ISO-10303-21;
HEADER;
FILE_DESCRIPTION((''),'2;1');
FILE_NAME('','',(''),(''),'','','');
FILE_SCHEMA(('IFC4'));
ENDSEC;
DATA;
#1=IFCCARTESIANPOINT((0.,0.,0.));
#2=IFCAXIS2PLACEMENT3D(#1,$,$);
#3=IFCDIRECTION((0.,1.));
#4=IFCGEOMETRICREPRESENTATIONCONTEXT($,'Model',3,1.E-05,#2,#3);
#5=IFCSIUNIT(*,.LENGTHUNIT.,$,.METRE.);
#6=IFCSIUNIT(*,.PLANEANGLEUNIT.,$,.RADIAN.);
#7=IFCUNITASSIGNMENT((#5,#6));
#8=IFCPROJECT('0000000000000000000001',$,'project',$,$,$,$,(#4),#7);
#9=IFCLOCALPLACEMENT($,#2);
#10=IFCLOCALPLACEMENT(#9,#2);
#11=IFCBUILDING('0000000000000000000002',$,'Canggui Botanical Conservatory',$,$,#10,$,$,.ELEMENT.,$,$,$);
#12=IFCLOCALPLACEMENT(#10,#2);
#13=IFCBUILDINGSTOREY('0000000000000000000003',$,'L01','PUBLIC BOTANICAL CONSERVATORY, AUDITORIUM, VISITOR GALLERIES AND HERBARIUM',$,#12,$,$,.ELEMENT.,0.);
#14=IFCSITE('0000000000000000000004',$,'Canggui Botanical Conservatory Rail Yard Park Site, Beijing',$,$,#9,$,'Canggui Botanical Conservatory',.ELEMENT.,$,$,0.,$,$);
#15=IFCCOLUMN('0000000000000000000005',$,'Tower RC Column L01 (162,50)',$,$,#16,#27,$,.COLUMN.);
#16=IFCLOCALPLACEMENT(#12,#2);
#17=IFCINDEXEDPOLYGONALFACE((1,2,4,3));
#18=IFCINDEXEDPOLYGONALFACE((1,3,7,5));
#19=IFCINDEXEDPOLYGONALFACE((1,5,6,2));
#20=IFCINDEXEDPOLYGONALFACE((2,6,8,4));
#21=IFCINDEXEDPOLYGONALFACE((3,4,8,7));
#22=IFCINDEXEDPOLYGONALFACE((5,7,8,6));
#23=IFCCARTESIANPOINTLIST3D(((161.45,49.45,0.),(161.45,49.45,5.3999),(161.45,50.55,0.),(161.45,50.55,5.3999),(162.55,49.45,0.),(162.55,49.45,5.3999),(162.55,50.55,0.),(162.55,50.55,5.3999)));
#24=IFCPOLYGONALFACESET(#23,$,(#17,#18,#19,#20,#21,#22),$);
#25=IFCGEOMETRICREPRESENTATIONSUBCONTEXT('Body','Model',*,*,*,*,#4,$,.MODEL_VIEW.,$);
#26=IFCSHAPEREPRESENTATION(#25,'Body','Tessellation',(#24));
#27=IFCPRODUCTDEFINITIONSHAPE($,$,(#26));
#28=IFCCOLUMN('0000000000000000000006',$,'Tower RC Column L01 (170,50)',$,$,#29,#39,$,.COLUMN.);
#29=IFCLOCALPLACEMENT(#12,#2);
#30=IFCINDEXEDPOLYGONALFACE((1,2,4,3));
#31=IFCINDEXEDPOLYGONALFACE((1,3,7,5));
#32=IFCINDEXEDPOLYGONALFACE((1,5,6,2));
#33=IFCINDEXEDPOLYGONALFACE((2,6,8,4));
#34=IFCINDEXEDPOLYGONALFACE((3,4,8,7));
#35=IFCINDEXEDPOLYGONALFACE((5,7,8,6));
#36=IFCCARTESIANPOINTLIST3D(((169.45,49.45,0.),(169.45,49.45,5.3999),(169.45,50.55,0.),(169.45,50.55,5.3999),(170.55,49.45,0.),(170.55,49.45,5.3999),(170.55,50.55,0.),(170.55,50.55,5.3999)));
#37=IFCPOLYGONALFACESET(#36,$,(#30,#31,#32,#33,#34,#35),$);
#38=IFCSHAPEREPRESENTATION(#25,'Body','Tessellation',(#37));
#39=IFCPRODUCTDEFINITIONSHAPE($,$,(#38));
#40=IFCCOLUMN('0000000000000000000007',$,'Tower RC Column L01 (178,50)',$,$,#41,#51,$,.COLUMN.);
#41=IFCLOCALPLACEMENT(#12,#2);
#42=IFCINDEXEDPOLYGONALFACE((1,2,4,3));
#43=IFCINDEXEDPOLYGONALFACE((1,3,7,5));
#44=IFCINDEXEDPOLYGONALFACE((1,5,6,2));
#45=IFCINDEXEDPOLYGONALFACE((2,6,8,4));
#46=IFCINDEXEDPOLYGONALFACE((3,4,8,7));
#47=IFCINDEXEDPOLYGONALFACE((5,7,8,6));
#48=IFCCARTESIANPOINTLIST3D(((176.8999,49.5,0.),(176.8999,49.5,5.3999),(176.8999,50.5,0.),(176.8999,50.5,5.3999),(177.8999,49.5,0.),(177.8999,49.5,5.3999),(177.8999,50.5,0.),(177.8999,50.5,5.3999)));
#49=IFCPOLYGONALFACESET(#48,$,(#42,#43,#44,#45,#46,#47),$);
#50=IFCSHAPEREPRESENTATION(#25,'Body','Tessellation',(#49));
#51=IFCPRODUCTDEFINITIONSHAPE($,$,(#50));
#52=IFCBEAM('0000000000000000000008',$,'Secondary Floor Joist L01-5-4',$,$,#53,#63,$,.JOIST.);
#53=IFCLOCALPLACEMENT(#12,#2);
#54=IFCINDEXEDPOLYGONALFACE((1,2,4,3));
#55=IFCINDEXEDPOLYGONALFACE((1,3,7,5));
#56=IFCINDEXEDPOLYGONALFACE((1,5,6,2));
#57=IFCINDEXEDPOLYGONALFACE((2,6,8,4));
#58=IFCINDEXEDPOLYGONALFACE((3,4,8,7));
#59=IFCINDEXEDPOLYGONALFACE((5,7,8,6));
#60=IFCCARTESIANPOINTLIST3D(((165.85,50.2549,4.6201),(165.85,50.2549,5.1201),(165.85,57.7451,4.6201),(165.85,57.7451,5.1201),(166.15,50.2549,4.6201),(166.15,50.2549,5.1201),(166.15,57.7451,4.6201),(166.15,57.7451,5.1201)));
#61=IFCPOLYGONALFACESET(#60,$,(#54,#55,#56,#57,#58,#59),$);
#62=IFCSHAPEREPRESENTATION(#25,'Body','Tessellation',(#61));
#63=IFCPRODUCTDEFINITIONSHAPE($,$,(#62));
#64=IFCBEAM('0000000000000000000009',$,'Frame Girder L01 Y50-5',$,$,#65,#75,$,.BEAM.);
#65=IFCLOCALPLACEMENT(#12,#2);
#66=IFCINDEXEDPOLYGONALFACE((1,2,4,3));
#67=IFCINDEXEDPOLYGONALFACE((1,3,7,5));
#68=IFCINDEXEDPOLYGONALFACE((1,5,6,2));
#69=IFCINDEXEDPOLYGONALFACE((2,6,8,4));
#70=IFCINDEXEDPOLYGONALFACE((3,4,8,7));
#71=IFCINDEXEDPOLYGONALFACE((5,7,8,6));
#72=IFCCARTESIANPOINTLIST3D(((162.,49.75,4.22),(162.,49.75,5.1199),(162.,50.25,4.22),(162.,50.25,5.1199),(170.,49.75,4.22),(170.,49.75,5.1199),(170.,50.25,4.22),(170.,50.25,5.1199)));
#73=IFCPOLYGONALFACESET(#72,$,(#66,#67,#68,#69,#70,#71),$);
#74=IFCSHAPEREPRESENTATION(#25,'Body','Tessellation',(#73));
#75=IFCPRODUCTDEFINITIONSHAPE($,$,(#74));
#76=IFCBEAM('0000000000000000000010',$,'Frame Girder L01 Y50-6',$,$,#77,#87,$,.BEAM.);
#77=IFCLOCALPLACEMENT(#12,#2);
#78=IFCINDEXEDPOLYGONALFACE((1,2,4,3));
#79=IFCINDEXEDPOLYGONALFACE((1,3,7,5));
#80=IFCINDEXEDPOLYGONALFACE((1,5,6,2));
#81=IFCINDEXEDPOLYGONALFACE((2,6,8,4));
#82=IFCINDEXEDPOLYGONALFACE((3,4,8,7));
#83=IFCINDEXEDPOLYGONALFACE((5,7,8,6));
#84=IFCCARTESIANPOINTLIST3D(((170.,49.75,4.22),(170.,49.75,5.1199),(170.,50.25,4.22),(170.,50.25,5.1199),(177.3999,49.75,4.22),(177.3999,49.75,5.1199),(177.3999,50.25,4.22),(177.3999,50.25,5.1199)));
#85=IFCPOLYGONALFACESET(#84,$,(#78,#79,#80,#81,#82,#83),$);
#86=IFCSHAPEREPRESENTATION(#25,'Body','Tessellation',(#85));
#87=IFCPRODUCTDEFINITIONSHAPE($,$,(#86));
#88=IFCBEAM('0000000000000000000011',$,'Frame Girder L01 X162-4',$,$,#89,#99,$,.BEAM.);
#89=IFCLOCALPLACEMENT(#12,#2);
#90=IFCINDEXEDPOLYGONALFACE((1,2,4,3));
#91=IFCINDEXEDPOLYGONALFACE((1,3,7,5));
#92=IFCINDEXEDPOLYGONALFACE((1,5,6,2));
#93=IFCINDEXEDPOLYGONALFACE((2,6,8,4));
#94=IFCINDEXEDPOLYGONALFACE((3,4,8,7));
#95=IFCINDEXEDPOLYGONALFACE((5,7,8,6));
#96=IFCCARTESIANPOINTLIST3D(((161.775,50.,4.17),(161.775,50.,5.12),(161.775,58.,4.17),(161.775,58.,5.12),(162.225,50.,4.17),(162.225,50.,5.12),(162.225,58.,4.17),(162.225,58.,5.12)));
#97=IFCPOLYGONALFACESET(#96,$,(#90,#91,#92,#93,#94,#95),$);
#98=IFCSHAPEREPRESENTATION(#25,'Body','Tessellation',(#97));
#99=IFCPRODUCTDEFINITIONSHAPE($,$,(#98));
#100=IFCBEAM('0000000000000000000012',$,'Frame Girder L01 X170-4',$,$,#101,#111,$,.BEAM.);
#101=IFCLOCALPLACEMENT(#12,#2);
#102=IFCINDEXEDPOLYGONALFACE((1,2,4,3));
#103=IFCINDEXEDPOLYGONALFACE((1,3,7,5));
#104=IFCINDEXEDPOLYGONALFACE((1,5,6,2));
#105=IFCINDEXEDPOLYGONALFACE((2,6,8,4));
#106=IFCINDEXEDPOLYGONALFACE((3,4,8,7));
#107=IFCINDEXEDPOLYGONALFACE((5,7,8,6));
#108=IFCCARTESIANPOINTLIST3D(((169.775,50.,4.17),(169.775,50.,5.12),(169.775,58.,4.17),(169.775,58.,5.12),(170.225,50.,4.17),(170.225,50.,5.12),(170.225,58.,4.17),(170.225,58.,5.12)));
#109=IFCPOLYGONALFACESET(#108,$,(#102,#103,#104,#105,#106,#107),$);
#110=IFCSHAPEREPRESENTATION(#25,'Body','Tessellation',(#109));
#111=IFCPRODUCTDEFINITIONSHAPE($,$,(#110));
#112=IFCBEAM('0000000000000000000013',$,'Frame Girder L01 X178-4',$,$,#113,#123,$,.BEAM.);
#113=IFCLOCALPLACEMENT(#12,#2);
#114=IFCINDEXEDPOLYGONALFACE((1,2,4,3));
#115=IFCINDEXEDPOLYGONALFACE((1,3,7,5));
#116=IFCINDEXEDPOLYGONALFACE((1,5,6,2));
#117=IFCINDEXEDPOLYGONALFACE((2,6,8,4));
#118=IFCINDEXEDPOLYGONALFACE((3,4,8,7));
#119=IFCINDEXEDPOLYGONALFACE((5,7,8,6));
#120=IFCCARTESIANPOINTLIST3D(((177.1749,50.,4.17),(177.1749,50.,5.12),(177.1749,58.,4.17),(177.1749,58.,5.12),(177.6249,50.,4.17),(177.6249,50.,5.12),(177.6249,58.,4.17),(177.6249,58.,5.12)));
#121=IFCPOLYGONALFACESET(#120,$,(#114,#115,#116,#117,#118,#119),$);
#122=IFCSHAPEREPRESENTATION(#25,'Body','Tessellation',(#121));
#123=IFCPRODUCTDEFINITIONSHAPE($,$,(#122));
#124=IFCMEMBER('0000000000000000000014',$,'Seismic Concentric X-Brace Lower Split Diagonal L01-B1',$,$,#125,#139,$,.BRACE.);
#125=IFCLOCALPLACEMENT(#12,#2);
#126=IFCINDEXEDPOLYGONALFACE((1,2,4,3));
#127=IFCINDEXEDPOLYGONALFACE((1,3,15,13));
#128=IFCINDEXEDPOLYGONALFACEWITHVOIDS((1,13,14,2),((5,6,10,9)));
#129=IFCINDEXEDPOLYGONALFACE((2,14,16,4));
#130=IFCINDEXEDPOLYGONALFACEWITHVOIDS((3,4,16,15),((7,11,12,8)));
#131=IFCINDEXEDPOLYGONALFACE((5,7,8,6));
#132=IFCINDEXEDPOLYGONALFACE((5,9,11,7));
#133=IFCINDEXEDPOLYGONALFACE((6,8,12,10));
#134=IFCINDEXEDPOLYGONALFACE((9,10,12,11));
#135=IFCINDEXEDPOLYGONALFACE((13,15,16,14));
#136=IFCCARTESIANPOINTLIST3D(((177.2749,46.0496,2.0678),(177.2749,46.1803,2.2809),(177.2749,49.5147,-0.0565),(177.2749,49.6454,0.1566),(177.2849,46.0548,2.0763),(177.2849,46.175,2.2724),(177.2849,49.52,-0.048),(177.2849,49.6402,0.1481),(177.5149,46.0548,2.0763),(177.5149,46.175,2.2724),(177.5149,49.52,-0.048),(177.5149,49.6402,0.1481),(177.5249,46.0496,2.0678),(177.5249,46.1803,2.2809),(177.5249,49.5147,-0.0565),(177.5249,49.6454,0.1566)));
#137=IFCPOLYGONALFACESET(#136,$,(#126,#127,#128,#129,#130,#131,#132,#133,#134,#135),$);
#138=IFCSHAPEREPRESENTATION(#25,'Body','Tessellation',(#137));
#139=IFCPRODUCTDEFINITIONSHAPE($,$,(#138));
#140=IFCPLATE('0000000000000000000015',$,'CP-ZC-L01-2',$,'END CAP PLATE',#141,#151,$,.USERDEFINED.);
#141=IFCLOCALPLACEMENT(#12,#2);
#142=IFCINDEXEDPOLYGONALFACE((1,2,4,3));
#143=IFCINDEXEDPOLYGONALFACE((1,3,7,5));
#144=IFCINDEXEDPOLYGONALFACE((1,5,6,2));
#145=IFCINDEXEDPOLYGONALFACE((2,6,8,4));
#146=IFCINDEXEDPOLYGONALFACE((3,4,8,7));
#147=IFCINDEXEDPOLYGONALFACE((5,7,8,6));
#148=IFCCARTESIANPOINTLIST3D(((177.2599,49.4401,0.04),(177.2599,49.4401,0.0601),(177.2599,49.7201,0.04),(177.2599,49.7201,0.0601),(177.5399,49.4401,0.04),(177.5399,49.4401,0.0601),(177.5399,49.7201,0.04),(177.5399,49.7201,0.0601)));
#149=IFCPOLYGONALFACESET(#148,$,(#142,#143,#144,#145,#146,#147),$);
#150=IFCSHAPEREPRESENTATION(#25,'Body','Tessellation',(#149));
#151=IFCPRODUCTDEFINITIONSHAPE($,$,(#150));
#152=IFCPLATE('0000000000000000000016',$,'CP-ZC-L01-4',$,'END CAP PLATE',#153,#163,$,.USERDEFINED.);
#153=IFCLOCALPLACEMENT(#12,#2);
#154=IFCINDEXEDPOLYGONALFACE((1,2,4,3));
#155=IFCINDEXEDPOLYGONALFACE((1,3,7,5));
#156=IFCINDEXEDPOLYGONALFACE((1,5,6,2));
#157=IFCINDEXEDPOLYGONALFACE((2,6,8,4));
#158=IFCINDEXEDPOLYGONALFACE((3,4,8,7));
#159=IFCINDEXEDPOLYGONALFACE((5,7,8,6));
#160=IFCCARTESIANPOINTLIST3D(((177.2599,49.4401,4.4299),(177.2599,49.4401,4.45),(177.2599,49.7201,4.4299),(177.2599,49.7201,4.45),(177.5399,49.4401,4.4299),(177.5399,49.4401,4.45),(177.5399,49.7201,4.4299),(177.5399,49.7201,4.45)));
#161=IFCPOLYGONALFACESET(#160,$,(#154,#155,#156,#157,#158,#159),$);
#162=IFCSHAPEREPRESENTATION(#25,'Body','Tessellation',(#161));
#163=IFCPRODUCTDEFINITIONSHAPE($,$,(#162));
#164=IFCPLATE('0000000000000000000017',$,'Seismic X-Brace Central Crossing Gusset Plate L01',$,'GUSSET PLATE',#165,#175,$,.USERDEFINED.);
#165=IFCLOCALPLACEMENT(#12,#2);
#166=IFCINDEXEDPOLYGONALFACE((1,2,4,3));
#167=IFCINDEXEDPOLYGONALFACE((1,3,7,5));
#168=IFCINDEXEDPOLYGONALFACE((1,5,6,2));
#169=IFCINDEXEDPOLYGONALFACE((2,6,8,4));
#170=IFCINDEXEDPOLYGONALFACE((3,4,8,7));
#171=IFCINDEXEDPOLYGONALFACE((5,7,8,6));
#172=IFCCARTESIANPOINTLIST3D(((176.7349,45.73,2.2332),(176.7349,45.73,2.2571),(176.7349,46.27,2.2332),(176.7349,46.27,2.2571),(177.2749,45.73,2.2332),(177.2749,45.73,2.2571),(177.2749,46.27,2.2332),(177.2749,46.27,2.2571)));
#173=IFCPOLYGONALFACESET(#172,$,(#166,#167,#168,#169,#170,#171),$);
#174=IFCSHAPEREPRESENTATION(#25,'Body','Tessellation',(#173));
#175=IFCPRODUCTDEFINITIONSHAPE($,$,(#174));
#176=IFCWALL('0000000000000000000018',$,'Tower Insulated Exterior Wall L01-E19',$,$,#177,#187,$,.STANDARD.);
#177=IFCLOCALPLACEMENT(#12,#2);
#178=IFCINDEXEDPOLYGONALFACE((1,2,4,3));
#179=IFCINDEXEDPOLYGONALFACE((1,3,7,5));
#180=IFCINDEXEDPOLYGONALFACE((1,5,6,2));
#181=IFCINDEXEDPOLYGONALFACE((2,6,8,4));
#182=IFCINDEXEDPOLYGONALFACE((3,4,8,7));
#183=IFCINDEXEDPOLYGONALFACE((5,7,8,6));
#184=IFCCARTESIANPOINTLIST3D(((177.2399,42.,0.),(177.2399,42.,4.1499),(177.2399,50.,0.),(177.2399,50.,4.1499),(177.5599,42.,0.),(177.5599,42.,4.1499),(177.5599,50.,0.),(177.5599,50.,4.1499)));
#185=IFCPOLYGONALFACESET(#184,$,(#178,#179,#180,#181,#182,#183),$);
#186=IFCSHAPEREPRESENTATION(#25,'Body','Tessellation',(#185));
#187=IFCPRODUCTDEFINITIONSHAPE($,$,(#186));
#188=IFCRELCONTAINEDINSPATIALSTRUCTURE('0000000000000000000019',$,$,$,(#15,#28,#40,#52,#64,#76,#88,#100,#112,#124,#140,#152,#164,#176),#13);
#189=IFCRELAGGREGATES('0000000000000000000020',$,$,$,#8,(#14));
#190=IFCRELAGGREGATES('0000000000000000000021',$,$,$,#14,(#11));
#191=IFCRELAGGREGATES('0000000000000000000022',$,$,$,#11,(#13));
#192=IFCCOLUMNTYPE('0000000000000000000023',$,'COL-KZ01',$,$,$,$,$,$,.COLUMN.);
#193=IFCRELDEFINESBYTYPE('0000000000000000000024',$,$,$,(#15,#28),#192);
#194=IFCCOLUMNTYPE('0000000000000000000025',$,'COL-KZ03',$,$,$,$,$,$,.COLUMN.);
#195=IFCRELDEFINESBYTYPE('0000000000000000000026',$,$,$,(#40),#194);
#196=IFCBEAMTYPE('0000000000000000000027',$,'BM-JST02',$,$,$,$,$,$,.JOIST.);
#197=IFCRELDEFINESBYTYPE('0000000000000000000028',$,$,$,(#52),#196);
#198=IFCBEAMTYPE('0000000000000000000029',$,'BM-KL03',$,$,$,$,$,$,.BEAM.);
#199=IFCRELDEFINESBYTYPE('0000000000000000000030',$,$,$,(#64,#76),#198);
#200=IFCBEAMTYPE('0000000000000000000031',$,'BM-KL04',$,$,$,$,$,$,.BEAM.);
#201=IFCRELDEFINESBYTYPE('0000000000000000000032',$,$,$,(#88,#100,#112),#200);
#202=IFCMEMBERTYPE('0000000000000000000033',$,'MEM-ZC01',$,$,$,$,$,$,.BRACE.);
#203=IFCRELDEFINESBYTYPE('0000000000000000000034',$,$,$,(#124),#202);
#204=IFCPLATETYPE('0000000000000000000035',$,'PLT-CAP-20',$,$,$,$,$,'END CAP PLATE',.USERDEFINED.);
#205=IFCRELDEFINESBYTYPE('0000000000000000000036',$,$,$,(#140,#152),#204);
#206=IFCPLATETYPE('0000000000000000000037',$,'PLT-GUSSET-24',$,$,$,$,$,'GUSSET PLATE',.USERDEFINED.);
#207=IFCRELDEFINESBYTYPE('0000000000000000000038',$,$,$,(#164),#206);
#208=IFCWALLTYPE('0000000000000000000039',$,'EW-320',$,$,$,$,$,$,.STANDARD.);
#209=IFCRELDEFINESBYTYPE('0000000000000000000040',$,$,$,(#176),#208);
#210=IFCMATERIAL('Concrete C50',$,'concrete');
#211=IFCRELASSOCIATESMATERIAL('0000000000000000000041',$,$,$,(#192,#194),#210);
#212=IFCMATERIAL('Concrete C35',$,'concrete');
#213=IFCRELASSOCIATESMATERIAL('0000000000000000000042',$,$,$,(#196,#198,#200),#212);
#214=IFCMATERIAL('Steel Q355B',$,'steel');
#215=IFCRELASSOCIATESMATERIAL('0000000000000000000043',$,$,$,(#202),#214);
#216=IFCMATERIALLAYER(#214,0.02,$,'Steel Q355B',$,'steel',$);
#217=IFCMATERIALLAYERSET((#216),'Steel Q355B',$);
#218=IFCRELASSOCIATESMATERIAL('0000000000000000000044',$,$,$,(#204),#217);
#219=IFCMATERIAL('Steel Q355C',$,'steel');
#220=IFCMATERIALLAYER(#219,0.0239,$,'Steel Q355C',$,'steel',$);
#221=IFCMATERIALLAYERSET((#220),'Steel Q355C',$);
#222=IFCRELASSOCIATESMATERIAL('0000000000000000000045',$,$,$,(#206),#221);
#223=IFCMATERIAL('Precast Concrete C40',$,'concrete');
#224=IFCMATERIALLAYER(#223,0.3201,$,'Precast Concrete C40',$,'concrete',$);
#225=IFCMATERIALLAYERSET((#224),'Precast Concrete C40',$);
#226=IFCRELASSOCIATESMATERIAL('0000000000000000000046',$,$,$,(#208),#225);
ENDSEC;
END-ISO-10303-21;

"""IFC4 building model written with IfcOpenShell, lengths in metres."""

from ifc_helpers import new_model, si_unit, direction, frame, frame_2d, origin, origin_2d, place, context, subcontext, project, spatial, rectangle, hollow_rectangle, extrude, material, layer, layer_set, material_profile, profile_set, type_object, element, save


model = new_model("IFC4")

# Units and contexts
model_context = context("Model", 3, precision=1e-05, world=origin(), true_north=direction((0.0, 1.0)))
body_context = subcontext(model_context, "Body", "Model", "MODEL_VIEW")
ifc_project = project(units=[si_unit("LENGTHUNIT", "METRE"), si_unit("PLANEANGLEUNIT", "RADIAN")], contexts=[model_context])

# Site, building, storey
site_placement = place(None, origin())
site = spatial("IfcSite", under=ifc_project, at=site_placement, Name="Canggui Botanical Conservatory Rail Yard Park Site, Beijing", LongName="Canggui Botanical Conservatory", CompositionType="ELEMENT", RefElevation=0.0)
building_placement = place(site_placement, origin())
building = spatial("IfcBuilding", under=site, at=building_placement, Name="Canggui Botanical Conservatory", CompositionType="ELEMENT")
storey_placement = place(building_placement, origin())
storey = spatial("IfcBuildingStorey", under=building, at=storey_placement, Name="L01", Description="PUBLIC BOTANICAL CONSERVATORY, AUDITORIUM, VISITOR GALLERIES AND HERBARIUM", CompositionType="ELEMENT", Elevation=0.0)

# Columns
ifc_material_1 = material(Name="Concrete C50", Category="concrete")
ifc_material_profile_1 = material_profile(ifc_material_1, rectangle(XDim=1.1001, YDim=1.1001, at=origin_2d()), Name="RC 1100x1100")
ifc_profile_set_1 = profile_set([ifc_material_profile_1], Name="Concrete C50")
column_type_1 = type_object("IfcColumnType", Name="COL-KZ01", PredefinedType="COLUMN", material=ifc_profile_set_1)
for number, where, z_axis, x_axis, name in (
    (1, (162.0, 50.0, 0.0), (0.0, 0.0, 1.0), (1.0, 0.0, 0.0), "Tower RC Column L01 (162,50)"),
    (2, (170.0, 50.0, 0.0), (0.0, 0.0, 1.0), (1.0, 0.0, 0.0), "Tower RC Column L01 (170,50)"),
):
    element("IfcColumn", number, at=place(storey_placement, frame(where, z_axis=z_axis, x_axis=x_axis)), inside=storey, type_object=column_type_1, Name=name, PredefinedType="COLUMN", context=body_context, shape_type="SweptSolid", body=[
        extrude(rectangle(XDim=1.1001, YDim=1.1001, at=origin_2d()), origin(), (0.0, 0.0, 1.0), 5.3999),
    ])
ifc_material_profile_2 = material_profile(ifc_material_1, rectangle(XDim=1.0, YDim=1.0, at=origin_2d()), Name="RC 1000x1000")
ifc_profile_set_2 = profile_set([ifc_material_profile_2], Name="Concrete C50")
column_type_2 = type_object("IfcColumnType", Name="COL-KZ03", PredefinedType="COLUMN", material=ifc_profile_set_2)
column_placement = place(storey_placement, frame((177.3999, 50.0, 0.0), z_axis=(0.0, 0.0, 1.0), x_axis=(1.0, 0.0, 0.0)))
element("IfcColumn", 3, at=column_placement, inside=storey, type_object=column_type_2, Name="Tower RC Column L01 (178,50)", PredefinedType="COLUMN", context=body_context, shape_type="SweptSolid", body=[
    extrude(rectangle(XDim=1.0, YDim=1.0, at=origin_2d()), origin(), (0.0, 0.0, 1.0), 5.3999),
])

# Beams
ifc_material_2 = material(Name="Concrete C35", Category="concrete")
ifc_material_profile_3 = material_profile(ifc_material_2, rectangle(XDim=0.3, YDim=0.5, at=origin_2d()), Name="RB 300x500")
ifc_profile_set_3 = profile_set([ifc_material_profile_3], Name="Concrete C35")
beam_type_1 = type_object("IfcBeamType", Name="BM-JST02", PredefinedType="JOIST", material=ifc_profile_set_3)
beam_1_placement = place(storey_placement, frame((166.0, 50.2549, 4.8701), z_axis=(0.0, 1.0, 0.0), x_axis=(-1.0, 0.0, 0.0)))
element("IfcBeam", 4, at=beam_1_placement, inside=storey, type_object=beam_type_1, Name="Secondary Floor Joist L01-5-4", PredefinedType="JOIST", context=body_context, shape_type="SweptSolid", body=[
    extrude(rectangle(XDim=0.3, YDim=0.5, at=origin_2d()), origin(), (0.0, 0.0, 1.0), 7.4902),
])
ifc_material_profile_4 = material_profile(ifc_material_2, rectangle(XDim=0.5, YDim=0.8999, at=origin_2d()), Name="RB 500x900")
ifc_profile_set_4 = profile_set([ifc_material_profile_4], Name="Concrete C35")
beam_type_2 = type_object("IfcBeamType", Name="BM-KL03", PredefinedType="BEAM", material=ifc_profile_set_4)
beam_2_placement = place(storey_placement, frame((162.0, 50.0, 4.6699), z_axis=(1.0, 0.0, 0.0), x_axis=(0.0, 1.0, 0.0)))
element("IfcBeam", 5, at=beam_2_placement, inside=storey, type_object=beam_type_2, Name="Frame Girder L01 Y50-5", PredefinedType="BEAM", context=body_context, shape_type="SweptSolid", body=[
    extrude(rectangle(XDim=0.5, YDim=0.8999, at=origin_2d()), origin(), (0.0, 0.0, 1.0), 8.0),
])
beam_3_placement = place(storey_placement, frame((170.0, 50.0, 4.6699), z_axis=(1.0, 0.0, 0.0), x_axis=(0.0, 1.0, 0.0)))
element("IfcBeam", 6, at=beam_3_placement, inside=storey, type_object=beam_type_2, Name="Frame Girder L01 Y50-6", PredefinedType="BEAM", context=body_context, shape_type="SweptSolid", body=[
    extrude(rectangle(XDim=0.5, YDim=0.8999, at=origin_2d()), origin(), (0.0, 0.0, 1.0), 7.3999),
])
ifc_material_profile_5 = material_profile(ifc_material_2, rectangle(XDim=0.45, YDim=0.95, at=origin_2d()), Name="RB 450x950")
ifc_profile_set_5 = profile_set([ifc_material_profile_5], Name="Concrete C35")
beam_type_3 = type_object("IfcBeamType", Name="BM-KL04", PredefinedType="BEAM", material=ifc_profile_set_5)
for number, where, z_axis, x_axis, name in (
    (7, (162.0, 50.0, 4.645), (0.0, 1.0, 0.0), (-1.0, 0.0, 0.0), "Frame Girder L01 X162-4"),
    (8, (170.0, 50.0, 4.645), (0.0, 1.0, 0.0), (-1.0, 0.0, 0.0), "Frame Girder L01 X170-4"),
    (9, (177.3999, 50.0, 4.645), (0.0, 1.0, 0.0), (-1.0, 0.0, 0.0), "Frame Girder L01 X178-4"),
):
    element("IfcBeam", number, at=place(storey_placement, frame(where, z_axis=z_axis, x_axis=x_axis)), inside=storey, type_object=beam_type_3, Name=name, PredefinedType="BEAM", context=body_context, shape_type="SweptSolid", body=[
        extrude(rectangle(XDim=0.45, YDim=0.95, at=origin_2d()), origin(), (0.0, 0.0, 1.0), 8.0),
    ])

# Member
ifc_material_3 = material(Name="Steel Q355B", Category="steel")
ifc_material_profile_6 = material_profile(ifc_material_3, hollow_rectangle(XDim=0.25, YDim=0.25, WallThickness=0.01, at=origin_2d()), Name="SHS 250x250x10")
ifc_profile_set_6 = profile_set([ifc_material_profile_6], Name="Steel Q355B")
member_type = type_object("IfcMemberType", Name="MEM-ZC01", PredefinedType="BRACE", material=ifc_profile_set_6)
member_placement = place(storey_placement, frame((177.3999, 49.5801, 0.05), z_axis=(0.0, -0.852546, 0.522652), x_axis=(1.0, 0.0, 0.0)))
element("IfcMember", 10, at=member_placement, inside=storey, type_object=member_type, Name="Seismic Concentric X-Brace Lower Split Diagonal L01-B1", PredefinedType="BRACE", context=body_context, shape_type="SweptSolid", body=[
    extrude(hollow_rectangle(XDim=0.25, YDim=0.25, WallThickness=0.01, at=origin_2d()), origin(), (0.0, 0.0, 1.0), 4.0645),
])

# Plates
ifc_layer_1 = layer(ifc_material_3, 0.02, Name="Steel Q355B", Category="steel")
ifc_layer_set_1 = layer_set([ifc_layer_1], Name="Steel Q355B")
plate_type_1 = type_object("IfcPlateType", Name="PLT-CAP-20", ElementType="END CAP PLATE", PredefinedType="USERDEFINED", material=ifc_layer_set_1)
for number, where, z_axis, x_axis, name in (
    (11, (177.3999, 49.5801, 0.04), (0.0, 0.0, 1.0), (1.0, 0.0, 0.0), "CP-ZC-L01-2"),
    (12, (177.3999, 49.5801, 4.4299), (0.0, 0.0, 1.0), (1.0, 0.0, 0.0), "CP-ZC-L01-4"),
):
    element("IfcPlate", number, at=place(storey_placement, frame(where, z_axis=z_axis, x_axis=x_axis)), inside=storey, type_object=plate_type_1, Name=name, ObjectType="END CAP PLATE", PredefinedType="USERDEFINED", context=body_context, shape_type="SweptSolid", body=[
        extrude(rectangle(XDim=0.28, YDim=0.28, at=origin_2d()), origin(), (0.0, 0.0, 1.0), 0.02),
    ])
ifc_material_4 = material(Name="Steel Q355C", Category="steel")
ifc_layer_2 = layer(ifc_material_4, 0.0239, Name="Steel Q355C", Category="steel")
ifc_layer_set_2 = layer_set([ifc_layer_2], Name="Steel Q355C")
plate_type_2 = type_object("IfcPlateType", Name="PLT-GUSSET-24", ElementType="GUSSET PLATE", PredefinedType="USERDEFINED", material=ifc_layer_set_2)
plate_placement = place(storey_placement, frame((177.0049, 46.0, 2.2332), z_axis=(0.0, 0.0, 1.0), x_axis=(1.0, 0.0, 0.0)))
element("IfcPlate", 13, at=plate_placement, inside=storey, type_object=plate_type_2, Name="Seismic X-Brace Central Crossing Gusset Plate L01", ObjectType="GUSSET PLATE", PredefinedType="USERDEFINED", context=body_context, shape_type="SweptSolid", body=[
    extrude(rectangle(XDim=0.54, YDim=0.54, at=origin_2d()), origin(), (0.0, 0.0, 1.0), 0.0239),
])

# Wall
ifc_material_5 = material(Name="Precast Concrete C40", Category="concrete")
ifc_layer_3 = layer(ifc_material_5, 0.3201, Name="Precast Concrete C40", Category="concrete")
ifc_layer_set_3 = layer_set([ifc_layer_3], Name="Precast Concrete C40")
wall_type_1 = type_object("IfcWallType", Name="EW-320", PredefinedType="STANDARD", material=ifc_layer_set_3)
wall_1_placement = place(storey_placement, frame((177.3999, 50.0, 0.0), z_axis=(0.0, 0.0, 1.0), x_axis=(0.0, -1.0, 0.0)))
element("IfcWall", 14, at=wall_1_placement, inside=storey, type_object=wall_type_1, Name="Tower Insulated Exterior Wall L01-E19", PredefinedType="STANDARD", context=body_context, shape_type="SweptSolid", body=[
    extrude(rectangle(XDim=8.0, YDim=0.3201, at=frame_2d((4.0, 0.0))), origin(), (0.0, 0.0, 1.0), 4.1499),
])

save(model, "model.ifc")
